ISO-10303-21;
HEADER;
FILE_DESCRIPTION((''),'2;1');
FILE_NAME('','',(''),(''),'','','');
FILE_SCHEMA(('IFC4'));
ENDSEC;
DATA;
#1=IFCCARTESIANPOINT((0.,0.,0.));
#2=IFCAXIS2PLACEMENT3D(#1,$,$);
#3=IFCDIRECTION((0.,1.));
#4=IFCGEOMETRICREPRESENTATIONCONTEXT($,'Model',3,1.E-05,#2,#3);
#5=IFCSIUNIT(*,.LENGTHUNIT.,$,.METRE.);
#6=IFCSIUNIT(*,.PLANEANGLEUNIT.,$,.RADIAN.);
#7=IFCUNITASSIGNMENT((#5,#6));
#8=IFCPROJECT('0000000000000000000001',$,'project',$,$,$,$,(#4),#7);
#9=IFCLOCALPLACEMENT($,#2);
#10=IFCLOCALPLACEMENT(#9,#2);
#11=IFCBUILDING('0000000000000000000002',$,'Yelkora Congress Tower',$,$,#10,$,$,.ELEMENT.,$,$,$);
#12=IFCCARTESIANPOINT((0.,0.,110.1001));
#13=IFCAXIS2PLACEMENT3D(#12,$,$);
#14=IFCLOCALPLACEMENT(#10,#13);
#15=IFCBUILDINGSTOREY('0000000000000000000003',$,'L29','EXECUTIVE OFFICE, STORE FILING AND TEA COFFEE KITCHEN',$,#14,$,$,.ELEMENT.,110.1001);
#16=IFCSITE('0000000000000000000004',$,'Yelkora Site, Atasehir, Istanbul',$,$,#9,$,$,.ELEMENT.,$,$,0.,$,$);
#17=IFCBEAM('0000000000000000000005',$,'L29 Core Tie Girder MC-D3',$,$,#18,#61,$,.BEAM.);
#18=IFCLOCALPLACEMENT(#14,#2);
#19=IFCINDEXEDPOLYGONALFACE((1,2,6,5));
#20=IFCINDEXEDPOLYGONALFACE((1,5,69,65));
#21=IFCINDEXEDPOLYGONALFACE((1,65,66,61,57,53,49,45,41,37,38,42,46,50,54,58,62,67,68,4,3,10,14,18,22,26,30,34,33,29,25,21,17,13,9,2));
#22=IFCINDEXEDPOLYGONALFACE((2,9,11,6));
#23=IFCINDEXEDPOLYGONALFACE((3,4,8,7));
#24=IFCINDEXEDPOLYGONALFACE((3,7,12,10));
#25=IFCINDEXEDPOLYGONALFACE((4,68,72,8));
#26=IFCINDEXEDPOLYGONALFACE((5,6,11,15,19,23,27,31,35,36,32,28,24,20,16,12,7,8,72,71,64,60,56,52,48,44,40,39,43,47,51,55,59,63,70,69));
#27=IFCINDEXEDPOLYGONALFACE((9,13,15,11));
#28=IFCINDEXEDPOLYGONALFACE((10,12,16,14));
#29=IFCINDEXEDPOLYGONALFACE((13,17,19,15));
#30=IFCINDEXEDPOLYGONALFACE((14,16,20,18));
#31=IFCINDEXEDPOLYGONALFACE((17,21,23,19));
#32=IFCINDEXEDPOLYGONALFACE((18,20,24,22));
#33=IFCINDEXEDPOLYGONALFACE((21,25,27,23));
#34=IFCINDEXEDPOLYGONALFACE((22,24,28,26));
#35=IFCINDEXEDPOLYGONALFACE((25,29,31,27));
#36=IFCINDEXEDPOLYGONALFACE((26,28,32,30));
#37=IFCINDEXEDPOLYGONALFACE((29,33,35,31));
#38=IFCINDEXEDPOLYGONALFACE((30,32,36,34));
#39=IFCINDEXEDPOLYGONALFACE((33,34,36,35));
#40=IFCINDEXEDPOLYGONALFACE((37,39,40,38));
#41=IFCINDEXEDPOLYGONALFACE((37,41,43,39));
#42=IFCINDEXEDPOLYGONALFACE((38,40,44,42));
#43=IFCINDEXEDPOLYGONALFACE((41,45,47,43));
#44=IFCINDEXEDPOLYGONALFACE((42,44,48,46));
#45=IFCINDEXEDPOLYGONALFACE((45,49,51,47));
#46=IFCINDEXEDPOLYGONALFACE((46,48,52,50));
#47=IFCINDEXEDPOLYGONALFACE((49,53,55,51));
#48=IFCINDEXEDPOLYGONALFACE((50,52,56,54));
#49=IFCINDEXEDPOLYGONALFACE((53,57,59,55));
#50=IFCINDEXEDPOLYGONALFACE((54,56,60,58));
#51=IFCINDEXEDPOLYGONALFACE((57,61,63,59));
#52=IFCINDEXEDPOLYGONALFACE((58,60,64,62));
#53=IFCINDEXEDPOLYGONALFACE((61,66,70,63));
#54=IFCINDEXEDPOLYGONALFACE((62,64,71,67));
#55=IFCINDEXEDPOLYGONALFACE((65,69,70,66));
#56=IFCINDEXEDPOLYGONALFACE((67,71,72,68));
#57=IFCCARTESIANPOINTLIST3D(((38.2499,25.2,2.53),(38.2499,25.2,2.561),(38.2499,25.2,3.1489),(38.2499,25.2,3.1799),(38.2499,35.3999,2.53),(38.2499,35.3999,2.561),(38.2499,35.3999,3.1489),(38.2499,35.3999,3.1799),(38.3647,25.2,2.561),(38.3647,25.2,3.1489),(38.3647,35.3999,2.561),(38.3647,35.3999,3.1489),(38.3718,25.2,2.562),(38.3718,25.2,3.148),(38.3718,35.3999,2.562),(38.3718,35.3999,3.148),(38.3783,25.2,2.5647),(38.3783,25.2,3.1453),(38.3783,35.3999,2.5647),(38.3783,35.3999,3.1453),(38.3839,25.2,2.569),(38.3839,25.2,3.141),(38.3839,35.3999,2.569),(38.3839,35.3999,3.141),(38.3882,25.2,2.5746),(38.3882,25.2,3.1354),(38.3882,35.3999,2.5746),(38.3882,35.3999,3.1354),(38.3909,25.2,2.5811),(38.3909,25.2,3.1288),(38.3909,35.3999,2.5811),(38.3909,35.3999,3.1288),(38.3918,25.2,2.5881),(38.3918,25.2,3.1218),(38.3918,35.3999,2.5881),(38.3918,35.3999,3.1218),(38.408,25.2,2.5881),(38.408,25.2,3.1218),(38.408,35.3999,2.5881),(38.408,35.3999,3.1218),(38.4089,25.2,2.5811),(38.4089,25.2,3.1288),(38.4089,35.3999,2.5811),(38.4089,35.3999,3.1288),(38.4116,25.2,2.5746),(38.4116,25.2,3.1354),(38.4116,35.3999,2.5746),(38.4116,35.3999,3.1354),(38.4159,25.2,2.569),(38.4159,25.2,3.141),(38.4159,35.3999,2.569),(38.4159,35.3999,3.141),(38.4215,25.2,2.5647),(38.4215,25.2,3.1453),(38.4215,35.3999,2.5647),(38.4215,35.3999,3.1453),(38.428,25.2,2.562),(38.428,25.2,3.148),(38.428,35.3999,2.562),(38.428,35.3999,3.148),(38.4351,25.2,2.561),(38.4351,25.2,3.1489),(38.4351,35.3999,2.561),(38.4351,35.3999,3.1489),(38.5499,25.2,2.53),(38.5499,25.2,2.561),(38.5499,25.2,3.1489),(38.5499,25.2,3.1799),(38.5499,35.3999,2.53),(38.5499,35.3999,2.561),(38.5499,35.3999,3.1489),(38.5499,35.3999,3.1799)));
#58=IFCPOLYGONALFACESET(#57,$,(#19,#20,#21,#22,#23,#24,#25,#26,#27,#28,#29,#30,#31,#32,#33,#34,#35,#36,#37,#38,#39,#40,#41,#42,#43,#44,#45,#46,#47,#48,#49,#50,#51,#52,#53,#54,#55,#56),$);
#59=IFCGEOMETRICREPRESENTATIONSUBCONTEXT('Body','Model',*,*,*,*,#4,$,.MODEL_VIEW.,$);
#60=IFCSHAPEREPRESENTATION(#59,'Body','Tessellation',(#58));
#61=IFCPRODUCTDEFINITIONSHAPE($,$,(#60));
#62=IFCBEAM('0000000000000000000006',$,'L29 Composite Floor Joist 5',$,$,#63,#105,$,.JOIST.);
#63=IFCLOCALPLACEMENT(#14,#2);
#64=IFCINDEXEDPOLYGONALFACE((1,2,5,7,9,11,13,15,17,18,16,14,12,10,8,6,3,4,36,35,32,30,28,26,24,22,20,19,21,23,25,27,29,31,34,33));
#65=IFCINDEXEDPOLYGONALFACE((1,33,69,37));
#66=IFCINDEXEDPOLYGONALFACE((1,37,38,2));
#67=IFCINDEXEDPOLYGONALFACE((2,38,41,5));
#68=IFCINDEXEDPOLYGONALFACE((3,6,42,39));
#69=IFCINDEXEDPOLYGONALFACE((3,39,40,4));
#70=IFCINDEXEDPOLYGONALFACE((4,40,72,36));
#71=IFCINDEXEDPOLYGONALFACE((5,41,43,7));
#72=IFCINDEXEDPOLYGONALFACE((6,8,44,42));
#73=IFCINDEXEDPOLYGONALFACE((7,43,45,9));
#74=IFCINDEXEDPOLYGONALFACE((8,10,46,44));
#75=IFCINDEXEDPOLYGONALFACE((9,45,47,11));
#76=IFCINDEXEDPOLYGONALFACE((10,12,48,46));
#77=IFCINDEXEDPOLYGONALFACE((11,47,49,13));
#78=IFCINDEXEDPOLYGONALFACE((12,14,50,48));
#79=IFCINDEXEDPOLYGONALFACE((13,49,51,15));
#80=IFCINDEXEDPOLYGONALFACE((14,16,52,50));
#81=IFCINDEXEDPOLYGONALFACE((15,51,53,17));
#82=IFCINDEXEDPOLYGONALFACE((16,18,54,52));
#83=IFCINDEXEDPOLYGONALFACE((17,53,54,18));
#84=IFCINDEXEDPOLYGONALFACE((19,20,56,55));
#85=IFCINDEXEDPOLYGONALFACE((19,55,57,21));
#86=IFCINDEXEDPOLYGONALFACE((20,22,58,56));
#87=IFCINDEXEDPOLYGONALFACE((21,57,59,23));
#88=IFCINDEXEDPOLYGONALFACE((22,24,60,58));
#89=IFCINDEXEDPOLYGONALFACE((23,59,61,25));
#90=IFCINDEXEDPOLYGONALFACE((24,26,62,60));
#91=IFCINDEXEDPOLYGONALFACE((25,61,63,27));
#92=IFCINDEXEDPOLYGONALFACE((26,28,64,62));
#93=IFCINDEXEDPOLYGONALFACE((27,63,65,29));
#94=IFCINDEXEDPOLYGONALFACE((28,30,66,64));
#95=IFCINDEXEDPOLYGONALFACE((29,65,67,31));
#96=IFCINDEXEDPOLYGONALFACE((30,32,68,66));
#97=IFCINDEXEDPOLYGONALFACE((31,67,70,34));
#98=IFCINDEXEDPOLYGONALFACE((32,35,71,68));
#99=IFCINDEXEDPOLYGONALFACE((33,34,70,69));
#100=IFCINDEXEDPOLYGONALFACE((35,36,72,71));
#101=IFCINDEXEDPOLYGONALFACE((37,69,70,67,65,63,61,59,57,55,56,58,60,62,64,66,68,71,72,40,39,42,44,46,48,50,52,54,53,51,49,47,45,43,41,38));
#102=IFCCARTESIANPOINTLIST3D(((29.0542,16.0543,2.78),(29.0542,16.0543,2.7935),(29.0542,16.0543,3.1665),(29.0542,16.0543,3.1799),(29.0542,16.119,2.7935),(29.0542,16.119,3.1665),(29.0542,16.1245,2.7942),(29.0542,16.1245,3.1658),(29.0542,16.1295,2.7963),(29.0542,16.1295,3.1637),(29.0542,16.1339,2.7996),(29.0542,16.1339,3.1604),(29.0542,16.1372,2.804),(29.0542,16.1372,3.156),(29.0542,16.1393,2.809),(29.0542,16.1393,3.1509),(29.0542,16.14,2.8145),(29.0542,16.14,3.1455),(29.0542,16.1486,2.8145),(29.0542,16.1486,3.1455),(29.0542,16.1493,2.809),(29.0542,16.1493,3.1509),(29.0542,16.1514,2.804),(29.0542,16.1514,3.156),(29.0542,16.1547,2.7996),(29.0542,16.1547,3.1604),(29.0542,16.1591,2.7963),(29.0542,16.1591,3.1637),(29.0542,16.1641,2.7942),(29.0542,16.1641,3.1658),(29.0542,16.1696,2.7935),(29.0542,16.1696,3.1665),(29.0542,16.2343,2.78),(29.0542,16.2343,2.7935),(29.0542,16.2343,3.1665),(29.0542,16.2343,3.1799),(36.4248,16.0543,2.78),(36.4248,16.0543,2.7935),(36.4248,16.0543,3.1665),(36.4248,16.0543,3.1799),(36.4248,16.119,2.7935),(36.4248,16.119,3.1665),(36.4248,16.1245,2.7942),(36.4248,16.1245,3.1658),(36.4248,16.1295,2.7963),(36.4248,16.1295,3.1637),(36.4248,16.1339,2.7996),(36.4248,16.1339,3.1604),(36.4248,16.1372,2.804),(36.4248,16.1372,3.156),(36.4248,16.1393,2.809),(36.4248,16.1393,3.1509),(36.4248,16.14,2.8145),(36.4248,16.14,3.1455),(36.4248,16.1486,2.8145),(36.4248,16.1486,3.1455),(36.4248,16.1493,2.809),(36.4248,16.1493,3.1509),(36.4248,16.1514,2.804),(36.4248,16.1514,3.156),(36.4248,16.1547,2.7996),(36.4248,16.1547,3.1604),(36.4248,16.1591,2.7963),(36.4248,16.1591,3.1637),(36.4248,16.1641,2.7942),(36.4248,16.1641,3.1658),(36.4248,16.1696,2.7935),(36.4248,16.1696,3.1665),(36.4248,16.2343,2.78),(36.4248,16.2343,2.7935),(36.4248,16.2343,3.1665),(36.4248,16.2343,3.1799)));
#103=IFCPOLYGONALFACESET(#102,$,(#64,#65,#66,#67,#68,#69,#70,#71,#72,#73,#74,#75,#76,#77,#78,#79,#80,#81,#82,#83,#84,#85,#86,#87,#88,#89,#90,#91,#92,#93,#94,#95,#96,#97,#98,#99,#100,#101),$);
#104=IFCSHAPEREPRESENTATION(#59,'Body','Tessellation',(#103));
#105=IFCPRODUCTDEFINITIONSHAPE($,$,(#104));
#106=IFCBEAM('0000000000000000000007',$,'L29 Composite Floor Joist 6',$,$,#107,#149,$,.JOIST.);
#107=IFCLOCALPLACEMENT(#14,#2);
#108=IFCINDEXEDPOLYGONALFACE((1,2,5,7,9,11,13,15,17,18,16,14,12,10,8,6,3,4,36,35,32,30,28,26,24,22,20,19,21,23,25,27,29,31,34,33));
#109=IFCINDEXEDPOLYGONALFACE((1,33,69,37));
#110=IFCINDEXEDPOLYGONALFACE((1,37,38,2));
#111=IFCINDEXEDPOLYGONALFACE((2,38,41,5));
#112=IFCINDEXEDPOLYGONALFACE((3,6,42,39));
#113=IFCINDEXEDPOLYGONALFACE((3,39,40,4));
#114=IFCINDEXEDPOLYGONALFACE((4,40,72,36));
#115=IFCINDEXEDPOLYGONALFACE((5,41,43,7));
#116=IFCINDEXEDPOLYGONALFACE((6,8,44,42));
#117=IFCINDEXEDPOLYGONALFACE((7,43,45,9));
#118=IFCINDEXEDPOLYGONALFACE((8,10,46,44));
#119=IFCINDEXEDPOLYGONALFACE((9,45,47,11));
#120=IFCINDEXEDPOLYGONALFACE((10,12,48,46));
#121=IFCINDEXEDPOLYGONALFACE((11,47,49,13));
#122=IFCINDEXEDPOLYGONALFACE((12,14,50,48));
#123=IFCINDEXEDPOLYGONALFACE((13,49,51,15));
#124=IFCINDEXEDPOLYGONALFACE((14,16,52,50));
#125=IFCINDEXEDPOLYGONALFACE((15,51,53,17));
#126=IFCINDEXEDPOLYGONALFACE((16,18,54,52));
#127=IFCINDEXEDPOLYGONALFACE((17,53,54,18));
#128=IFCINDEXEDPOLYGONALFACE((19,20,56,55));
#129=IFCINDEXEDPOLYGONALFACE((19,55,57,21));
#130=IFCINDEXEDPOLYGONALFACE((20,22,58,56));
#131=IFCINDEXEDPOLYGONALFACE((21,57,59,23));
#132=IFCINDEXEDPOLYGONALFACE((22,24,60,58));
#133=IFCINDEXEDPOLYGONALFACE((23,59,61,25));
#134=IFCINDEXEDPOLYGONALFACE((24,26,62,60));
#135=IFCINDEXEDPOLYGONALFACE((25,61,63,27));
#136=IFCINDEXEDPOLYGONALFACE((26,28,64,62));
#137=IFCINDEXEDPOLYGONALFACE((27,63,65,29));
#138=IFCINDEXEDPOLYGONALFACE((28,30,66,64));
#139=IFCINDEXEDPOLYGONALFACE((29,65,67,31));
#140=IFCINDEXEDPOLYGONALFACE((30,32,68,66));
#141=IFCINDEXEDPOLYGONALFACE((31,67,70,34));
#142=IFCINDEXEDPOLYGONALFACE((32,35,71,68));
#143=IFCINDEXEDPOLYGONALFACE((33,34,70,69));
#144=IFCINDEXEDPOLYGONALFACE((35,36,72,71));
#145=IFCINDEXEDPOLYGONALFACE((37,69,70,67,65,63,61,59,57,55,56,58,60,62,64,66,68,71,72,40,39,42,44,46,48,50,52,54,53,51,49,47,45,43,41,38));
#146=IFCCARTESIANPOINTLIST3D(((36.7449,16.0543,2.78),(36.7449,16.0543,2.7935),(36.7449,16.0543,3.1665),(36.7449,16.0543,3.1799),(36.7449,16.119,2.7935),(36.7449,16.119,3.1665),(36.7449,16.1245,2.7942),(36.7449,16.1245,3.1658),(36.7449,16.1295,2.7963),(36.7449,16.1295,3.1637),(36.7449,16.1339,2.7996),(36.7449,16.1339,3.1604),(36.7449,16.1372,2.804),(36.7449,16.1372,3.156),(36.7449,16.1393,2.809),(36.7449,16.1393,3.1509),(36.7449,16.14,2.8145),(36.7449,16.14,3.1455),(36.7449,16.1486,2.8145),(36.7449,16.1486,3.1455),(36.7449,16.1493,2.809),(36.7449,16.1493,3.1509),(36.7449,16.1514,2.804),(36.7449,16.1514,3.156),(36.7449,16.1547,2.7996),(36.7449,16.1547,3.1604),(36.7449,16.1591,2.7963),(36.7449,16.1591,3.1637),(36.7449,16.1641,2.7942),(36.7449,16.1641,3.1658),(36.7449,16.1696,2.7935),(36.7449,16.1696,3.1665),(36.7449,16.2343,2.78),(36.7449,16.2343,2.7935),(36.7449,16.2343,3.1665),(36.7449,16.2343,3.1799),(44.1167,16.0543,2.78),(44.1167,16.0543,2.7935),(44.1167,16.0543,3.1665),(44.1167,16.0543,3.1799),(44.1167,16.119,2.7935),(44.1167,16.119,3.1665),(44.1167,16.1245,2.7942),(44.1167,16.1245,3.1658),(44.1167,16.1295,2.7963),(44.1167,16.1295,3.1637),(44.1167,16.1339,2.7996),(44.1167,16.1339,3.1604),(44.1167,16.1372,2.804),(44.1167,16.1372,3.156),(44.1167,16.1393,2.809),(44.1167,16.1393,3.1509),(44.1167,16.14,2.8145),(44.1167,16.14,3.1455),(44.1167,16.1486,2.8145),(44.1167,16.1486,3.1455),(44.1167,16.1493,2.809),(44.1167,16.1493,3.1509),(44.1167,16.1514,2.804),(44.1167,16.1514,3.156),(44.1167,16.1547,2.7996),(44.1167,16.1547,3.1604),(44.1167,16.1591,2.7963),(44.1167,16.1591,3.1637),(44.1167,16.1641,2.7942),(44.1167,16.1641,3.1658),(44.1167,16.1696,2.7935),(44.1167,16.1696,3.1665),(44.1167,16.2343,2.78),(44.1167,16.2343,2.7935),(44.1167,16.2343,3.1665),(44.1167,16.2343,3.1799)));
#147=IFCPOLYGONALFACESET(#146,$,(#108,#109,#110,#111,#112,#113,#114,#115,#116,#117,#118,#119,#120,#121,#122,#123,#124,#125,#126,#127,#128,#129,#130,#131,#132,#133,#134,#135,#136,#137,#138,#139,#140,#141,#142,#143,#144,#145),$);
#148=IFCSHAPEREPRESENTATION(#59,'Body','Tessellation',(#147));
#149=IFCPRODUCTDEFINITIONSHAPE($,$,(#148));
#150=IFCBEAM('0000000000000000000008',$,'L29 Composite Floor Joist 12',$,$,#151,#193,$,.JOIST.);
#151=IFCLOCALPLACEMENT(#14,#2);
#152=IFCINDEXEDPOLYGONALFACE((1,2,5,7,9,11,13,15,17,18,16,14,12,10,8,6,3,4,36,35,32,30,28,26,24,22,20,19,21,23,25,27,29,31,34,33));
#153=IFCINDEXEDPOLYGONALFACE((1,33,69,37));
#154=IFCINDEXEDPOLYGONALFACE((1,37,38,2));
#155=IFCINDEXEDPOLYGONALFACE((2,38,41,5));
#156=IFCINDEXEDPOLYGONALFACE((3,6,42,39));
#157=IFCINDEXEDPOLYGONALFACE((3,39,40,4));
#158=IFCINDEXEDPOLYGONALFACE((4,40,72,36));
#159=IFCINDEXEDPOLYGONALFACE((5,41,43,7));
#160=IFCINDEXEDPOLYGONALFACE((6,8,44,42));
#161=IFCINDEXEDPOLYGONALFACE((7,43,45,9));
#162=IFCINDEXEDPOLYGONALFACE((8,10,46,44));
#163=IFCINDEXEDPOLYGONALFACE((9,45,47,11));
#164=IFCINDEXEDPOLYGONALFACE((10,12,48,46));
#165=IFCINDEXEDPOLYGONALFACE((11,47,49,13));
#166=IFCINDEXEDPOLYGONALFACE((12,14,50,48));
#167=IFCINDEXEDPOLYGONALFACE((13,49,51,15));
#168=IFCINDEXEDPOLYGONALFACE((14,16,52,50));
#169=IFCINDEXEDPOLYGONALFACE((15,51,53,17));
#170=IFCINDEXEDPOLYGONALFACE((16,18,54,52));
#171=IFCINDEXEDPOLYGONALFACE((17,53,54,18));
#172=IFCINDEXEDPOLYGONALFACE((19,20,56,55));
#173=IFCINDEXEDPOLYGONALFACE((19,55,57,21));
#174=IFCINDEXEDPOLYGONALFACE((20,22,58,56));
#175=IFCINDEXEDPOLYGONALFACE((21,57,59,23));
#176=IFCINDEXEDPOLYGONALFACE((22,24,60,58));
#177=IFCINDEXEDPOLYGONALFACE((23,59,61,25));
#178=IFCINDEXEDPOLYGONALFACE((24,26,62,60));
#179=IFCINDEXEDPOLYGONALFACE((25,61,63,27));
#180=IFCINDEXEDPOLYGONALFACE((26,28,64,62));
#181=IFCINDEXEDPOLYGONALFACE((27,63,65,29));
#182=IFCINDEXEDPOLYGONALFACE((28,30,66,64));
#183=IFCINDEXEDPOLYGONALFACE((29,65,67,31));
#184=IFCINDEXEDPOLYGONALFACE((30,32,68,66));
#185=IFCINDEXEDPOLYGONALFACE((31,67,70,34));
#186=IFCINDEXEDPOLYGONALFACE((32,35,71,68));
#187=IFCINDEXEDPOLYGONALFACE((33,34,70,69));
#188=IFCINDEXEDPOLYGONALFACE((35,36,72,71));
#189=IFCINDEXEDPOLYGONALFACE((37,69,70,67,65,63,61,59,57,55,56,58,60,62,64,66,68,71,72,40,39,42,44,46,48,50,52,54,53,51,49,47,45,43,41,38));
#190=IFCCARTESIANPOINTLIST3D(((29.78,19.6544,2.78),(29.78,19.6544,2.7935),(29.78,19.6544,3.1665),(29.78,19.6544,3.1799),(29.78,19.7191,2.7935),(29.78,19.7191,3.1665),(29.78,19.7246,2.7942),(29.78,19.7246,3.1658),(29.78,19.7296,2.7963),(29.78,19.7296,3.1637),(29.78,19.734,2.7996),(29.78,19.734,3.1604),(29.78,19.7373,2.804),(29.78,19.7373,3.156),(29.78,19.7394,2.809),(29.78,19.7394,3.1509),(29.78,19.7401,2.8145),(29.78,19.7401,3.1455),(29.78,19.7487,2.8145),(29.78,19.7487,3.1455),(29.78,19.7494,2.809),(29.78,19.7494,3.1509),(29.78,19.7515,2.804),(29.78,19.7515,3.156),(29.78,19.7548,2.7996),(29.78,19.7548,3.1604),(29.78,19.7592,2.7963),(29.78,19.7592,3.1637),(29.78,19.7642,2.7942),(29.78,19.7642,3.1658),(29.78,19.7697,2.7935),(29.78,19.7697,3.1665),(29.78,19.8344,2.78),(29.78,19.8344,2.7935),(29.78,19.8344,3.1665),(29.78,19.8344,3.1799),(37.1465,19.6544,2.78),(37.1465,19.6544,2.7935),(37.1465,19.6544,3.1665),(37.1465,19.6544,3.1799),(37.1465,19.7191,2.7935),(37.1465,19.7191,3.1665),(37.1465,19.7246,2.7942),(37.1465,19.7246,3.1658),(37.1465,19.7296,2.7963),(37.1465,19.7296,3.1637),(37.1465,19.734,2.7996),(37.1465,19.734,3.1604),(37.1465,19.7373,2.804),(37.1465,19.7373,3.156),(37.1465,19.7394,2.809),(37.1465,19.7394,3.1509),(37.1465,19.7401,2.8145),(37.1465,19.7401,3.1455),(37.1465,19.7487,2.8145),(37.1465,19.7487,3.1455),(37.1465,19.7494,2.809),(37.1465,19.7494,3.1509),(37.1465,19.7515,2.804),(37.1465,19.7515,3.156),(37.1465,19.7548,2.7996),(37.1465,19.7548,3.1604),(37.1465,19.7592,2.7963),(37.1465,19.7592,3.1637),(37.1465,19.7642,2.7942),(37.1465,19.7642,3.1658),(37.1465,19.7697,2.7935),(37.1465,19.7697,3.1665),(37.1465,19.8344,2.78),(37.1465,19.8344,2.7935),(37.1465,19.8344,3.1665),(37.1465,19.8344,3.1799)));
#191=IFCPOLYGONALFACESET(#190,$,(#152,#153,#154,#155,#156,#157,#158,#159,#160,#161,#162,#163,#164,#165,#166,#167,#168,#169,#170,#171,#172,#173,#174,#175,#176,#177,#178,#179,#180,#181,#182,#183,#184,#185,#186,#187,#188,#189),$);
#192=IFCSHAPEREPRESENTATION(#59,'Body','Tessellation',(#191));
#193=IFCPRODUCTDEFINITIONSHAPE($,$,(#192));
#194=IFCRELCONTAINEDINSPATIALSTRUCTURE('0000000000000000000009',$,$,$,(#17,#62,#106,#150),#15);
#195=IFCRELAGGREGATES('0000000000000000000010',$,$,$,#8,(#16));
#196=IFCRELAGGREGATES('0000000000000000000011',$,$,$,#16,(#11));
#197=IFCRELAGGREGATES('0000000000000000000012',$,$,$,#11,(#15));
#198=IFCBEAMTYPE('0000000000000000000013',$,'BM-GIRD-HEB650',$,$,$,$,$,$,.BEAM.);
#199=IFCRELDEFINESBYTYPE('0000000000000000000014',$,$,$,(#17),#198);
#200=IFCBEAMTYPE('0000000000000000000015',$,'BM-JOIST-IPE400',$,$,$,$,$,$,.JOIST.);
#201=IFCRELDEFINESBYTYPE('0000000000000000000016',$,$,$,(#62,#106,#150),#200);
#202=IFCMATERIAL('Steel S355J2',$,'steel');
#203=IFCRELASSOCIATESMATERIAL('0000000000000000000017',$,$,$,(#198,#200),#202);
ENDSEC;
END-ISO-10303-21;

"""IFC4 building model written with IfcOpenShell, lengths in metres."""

from ifc_helpers import new_model, si_unit, direction, frame, origin, origin_2d, place, context, subcontext, project, spatial, i_section, extrude, material, material_profile, profile_set, type_object, element, save


model = new_model("IFC4")

# Units and contexts
model_context = context("Model", 3, precision=1e-05, world=origin(), true_north=direction((0.0, 1.0)))
body_context = subcontext(model_context, "Body", "Model", "MODEL_VIEW")
ifc_project = project(units=[si_unit("LENGTHUNIT", "METRE"), si_unit("PLANEANGLEUNIT", "RADIAN")], contexts=[model_context])

# Site, building, storey
site_placement = place(None, origin())
site = spatial("IfcSite", under=ifc_project, at=site_placement, Name="Yelkora Site, Atasehir, Istanbul", CompositionType="ELEMENT", RefElevation=0.0)
building_placement = place(site_placement, origin())
building = spatial("IfcBuilding", under=site, at=building_placement, Name="Yelkora Congress Tower", CompositionType="ELEMENT")
storey_placement = place(building_placement, frame((0.0, 0.0, 110.1001)))
storey = spatial("IfcBuildingStorey", under=building, at=storey_placement, Name="L29", Description="EXECUTIVE OFFICE, STORE FILING AND TEA COFFEE KITCHEN", CompositionType="ELEMENT", Elevation=110.1001)

# Beams
ifc_material_1 = material(Name="Steel S355J2", Category="steel")
ifc_material_profile_1 = material_profile(ifc_material_1, i_section(OverallWidth=0.3, OverallDepth=0.6499, WebThickness=0.0161, FlangeThickness=0.031, FilletRadius=0.0271, at=origin_2d()), Name="HEB 650")
ifc_profile_set_1 = profile_set([ifc_material_profile_1], Name="Steel S355J2")
beam_type_1 = type_object("IfcBeamType", Name="BM-GIRD-HEB650", PredefinedType="BEAM", material=ifc_profile_set_1)
for number, where, z_axis, x_axis, name in (
    (1, (38.3999, 25.2, 2.855), (0.0, 1.0, 0.0), (-1.0, 0.0, 0.0), "L29 Core Tie Girder MC-D3"),
):
    element("IfcBeam", number, at=place(storey_placement, frame(where, z_axis=z_axis, x_axis=x_axis)), inside=storey, type_object=beam_type_1, Name=name, PredefinedType="BEAM", context=body_context, shape_type="SweptSolid", body=[
        extrude(i_section(OverallWidth=0.3, OverallDepth=0.6499, WebThickness=0.0161, FlangeThickness=0.031, FilletRadius=0.0271, at=origin_2d()), origin(), (0.0, 0.0, 1.0), 10.2),
    ])
ifc_material_profile_2 = material_profile(ifc_material_1, i_section(OverallWidth=0.1799, OverallDepth=0.3999, WebThickness=0.0085, FlangeThickness=0.0134, FilletRadius=0.021, at=origin_2d()), Name="IPE 400")
ifc_profile_set_2 = profile_set([ifc_material_profile_2], Name="Steel S355J2")
beam_type_2 = type_object("IfcBeamType", Name="BM-JOIST-IPE400", PredefinedType="JOIST", material=ifc_profile_set_2)
beam_1_placement = place(storey_placement, frame((29.0542, 16.1443, 2.98), z_axis=(1.0, 0.0, 0.0), x_axis=(0.0, 1.0, 0.0)))
element("IfcBeam", 2, at=beam_1_placement, inside=storey, type_object=beam_type_2, Name="L29 Composite Floor Joist 5", PredefinedType="JOIST", context=body_context, shape_type="SweptSolid", body=[
    extrude(i_section(OverallWidth=0.1799, OverallDepth=0.3999, WebThickness=0.0085, FlangeThickness=0.0134, FilletRadius=0.021, at=origin_2d()), origin(), (0.0, 0.0, 1.0), 7.3706),
])
beam_2_placement = place(storey_placement, frame((36.7449, 16.1443, 2.98), z_axis=(1.0, 0.0, 0.0), x_axis=(0.0, 1.0, 0.0)))
element("IfcBeam", 3, at=beam_2_placement, inside=storey, type_object=beam_type_2, Name="L29 Composite Floor Joist 6", PredefinedType="JOIST", context=body_context, shape_type="SweptSolid", body=[
    extrude(i_section(OverallWidth=0.1799, OverallDepth=0.3999, WebThickness=0.0085, FlangeThickness=0.0134, FilletRadius=0.021, at=origin_2d()), origin(), (0.0, 0.0, 1.0), 7.3718),
])
beam_3_placement = place(storey_placement, frame((29.78, 19.7444, 2.98), z_axis=(1.0, 0.0, 0.0), x_axis=(0.0, 1.0, 0.0)))
element("IfcBeam", 4, at=beam_3_placement, inside=storey, type_object=beam_type_2, Name="L29 Composite Floor Joist 12", PredefinedType="JOIST", context=body_context, shape_type="SweptSolid", body=[
    extrude(i_section(OverallWidth=0.1799, OverallDepth=0.3999, WebThickness=0.0085, FlangeThickness=0.0134, FilletRadius=0.021, at=origin_2d()), origin(), (0.0, 0.0, 1.0), 7.3665),
])

save(model, "model.ifc")
